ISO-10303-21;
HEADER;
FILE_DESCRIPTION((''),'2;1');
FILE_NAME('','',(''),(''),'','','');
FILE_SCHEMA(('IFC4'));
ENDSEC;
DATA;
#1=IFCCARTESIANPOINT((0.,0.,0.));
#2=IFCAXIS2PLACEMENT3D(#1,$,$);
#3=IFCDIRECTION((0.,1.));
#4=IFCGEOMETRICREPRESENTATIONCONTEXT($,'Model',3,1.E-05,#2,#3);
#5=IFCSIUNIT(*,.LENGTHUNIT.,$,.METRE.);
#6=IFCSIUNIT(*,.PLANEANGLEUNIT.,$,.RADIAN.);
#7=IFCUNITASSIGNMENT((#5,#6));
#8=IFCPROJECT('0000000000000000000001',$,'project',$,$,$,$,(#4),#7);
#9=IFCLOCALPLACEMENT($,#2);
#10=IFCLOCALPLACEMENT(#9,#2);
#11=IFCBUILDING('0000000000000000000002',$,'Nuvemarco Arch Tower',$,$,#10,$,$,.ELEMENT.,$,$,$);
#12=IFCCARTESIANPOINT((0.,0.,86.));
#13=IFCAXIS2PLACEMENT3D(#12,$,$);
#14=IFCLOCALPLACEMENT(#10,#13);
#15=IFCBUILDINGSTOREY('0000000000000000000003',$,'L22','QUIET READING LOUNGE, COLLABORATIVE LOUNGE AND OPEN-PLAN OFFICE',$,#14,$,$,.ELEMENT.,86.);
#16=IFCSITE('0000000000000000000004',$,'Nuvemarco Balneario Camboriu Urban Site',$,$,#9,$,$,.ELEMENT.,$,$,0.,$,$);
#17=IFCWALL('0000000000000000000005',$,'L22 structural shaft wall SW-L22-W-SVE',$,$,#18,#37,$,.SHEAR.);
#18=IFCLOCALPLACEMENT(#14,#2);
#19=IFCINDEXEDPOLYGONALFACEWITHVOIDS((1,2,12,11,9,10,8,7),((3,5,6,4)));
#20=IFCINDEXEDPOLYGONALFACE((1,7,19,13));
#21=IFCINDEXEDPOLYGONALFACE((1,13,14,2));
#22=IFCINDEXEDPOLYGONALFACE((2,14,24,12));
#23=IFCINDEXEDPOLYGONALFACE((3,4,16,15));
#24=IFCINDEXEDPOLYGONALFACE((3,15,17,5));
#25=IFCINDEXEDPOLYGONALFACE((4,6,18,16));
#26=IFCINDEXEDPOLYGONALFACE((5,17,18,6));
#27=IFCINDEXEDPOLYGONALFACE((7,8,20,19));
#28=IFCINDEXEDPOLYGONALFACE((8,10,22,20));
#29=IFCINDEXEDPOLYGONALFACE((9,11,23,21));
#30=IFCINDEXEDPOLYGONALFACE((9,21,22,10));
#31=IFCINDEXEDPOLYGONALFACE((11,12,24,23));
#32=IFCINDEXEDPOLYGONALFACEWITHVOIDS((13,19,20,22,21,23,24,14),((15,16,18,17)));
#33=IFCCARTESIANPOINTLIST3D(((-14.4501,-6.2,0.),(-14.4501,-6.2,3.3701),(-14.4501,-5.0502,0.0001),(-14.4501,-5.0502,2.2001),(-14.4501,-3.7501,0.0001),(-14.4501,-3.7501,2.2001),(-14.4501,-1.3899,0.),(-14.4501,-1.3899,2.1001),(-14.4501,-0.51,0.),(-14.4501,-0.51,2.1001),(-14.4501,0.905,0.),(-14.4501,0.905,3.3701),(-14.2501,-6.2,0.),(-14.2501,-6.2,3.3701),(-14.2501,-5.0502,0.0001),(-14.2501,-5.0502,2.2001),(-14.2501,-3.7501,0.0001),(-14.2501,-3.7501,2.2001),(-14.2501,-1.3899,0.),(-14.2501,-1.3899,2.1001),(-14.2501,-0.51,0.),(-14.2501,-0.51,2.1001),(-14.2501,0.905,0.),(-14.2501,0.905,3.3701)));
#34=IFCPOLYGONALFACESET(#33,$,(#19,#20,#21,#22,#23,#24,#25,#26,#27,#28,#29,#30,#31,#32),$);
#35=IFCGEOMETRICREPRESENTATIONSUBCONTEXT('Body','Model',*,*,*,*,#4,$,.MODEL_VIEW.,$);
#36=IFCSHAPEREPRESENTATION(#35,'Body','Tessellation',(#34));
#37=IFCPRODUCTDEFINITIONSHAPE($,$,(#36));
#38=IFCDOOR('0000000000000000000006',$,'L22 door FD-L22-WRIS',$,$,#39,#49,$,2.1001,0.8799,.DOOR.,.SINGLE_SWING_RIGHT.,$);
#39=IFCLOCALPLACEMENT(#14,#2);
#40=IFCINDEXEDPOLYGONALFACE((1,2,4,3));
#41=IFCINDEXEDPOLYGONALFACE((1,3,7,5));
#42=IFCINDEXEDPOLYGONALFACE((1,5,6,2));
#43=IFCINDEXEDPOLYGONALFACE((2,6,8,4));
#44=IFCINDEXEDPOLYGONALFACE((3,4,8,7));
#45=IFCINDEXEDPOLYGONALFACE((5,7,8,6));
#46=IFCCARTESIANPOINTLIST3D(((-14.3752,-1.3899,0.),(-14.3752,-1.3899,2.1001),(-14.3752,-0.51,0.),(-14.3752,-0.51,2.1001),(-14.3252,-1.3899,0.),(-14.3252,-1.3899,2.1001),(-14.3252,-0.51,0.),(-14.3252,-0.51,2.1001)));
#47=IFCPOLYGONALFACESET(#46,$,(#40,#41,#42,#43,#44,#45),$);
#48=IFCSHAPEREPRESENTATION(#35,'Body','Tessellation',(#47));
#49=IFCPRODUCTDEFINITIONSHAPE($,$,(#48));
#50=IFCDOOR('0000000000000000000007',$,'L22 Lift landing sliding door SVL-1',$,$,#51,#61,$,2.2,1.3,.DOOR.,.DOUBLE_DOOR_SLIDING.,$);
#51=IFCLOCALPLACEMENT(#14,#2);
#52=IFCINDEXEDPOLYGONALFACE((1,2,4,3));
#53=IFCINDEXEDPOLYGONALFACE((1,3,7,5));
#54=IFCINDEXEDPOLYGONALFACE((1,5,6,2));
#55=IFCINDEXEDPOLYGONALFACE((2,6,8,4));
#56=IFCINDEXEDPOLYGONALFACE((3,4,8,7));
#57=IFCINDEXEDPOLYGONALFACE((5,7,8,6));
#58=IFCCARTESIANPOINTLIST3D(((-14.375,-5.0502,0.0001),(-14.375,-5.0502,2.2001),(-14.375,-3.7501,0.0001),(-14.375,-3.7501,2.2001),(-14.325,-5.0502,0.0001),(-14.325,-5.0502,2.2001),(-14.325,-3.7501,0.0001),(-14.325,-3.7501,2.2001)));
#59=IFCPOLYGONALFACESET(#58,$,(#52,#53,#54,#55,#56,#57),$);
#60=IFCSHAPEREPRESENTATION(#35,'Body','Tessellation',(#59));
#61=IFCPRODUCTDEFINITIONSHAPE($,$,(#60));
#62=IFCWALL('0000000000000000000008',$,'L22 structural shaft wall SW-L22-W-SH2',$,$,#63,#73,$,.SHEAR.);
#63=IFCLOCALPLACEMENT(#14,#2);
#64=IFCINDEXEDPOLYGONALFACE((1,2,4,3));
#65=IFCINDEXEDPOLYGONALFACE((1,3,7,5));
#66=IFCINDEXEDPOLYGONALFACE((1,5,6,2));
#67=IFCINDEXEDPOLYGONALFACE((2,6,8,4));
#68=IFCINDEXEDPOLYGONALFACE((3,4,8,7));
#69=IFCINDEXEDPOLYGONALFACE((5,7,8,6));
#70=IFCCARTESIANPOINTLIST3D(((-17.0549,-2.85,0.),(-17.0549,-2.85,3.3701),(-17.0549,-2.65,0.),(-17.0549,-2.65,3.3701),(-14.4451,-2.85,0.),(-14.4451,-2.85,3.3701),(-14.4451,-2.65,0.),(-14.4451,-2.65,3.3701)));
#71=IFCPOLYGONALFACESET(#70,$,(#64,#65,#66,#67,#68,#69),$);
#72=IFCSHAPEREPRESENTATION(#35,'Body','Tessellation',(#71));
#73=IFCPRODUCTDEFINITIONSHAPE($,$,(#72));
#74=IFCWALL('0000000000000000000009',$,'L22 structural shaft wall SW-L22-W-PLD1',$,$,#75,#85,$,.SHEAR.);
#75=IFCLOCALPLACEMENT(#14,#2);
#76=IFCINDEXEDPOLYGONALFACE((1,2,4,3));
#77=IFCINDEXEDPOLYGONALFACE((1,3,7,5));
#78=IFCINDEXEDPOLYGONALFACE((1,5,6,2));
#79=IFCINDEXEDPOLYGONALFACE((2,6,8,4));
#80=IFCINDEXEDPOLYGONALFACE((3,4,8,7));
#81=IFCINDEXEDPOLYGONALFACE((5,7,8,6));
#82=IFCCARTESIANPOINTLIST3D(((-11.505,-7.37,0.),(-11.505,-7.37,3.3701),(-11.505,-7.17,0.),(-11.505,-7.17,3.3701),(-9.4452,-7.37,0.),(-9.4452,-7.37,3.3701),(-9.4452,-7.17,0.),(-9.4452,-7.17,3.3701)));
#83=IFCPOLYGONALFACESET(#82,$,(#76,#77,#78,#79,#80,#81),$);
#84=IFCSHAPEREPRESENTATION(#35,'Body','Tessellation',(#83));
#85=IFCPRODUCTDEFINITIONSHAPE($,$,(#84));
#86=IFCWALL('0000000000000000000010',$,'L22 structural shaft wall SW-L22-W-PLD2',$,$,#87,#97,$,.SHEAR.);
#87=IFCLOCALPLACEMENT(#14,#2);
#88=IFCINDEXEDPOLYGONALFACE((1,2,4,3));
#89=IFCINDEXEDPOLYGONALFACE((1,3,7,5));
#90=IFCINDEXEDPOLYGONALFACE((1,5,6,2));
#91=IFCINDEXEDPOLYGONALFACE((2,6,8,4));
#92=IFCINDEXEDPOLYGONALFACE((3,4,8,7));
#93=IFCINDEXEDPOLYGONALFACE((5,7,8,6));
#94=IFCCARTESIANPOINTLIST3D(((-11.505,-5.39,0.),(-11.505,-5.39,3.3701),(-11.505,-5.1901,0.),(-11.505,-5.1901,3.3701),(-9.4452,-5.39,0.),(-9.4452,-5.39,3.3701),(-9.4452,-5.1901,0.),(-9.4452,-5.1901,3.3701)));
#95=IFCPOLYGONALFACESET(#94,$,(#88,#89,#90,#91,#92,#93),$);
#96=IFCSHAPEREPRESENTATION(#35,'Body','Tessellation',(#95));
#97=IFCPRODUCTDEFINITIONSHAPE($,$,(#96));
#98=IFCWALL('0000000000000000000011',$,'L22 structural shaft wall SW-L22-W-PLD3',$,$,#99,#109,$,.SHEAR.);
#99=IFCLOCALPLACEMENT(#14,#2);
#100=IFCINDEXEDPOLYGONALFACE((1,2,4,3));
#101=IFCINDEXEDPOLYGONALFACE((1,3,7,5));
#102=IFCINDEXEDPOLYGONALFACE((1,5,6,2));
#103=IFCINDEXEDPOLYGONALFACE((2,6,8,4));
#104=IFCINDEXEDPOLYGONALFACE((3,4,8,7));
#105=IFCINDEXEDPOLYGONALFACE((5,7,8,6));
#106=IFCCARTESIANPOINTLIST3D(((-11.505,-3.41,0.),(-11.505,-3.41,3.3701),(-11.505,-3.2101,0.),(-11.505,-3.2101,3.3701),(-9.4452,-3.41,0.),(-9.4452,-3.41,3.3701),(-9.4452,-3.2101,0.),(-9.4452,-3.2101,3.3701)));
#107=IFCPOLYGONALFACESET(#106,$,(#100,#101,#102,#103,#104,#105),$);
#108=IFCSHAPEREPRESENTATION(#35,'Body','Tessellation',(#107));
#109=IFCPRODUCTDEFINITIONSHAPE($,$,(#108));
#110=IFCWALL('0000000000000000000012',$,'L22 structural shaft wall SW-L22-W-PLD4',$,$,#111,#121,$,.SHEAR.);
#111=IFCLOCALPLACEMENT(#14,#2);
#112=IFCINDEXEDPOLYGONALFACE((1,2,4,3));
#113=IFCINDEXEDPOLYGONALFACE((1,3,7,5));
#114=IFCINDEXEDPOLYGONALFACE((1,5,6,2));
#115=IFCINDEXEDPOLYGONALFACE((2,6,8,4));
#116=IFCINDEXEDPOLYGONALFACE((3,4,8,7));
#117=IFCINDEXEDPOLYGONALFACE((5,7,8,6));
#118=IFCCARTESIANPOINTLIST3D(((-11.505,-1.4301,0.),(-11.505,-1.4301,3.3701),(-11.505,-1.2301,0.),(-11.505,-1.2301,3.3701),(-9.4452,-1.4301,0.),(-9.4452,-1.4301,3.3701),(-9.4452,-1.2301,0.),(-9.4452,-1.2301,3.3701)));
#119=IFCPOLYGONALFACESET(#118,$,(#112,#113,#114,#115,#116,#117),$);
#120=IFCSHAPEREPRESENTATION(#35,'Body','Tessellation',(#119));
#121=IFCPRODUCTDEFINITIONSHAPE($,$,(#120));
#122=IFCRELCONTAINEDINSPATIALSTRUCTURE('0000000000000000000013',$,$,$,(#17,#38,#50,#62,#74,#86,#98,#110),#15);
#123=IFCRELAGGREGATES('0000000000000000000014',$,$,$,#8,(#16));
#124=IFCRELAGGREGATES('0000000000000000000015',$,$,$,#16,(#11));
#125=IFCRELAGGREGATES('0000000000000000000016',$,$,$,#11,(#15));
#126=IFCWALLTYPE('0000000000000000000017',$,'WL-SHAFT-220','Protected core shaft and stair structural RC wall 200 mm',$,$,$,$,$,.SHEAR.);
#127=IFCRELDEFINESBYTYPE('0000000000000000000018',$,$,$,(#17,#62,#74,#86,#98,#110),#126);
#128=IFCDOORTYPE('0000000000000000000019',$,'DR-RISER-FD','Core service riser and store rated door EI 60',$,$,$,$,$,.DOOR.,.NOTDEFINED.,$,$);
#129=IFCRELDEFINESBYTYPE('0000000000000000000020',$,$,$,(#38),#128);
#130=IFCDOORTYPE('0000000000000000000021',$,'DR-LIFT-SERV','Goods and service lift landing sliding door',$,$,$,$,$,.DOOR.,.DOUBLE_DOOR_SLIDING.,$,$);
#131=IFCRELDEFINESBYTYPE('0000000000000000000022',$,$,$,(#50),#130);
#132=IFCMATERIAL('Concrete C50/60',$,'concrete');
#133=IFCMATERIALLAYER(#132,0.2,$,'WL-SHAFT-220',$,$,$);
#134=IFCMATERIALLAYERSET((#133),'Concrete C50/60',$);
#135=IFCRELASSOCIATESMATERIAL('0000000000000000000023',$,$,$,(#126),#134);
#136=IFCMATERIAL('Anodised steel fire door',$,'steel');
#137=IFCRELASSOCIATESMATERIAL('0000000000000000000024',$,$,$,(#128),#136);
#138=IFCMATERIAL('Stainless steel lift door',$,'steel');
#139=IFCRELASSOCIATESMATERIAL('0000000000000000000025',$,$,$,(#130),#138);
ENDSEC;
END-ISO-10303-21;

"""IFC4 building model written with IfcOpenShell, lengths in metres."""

from ifc_helpers import new_model, si_unit, direction, frame, frame_2d, origin, place, context, subcontext, project, spatial, rectangle, extrude, source, transform, mapped, material, layer, layer_set, type_object, type_shapes, element, fill, save


model = new_model("IFC4")

# Units and contexts
model_context = context("Model", 3, precision=1e-05, world=origin(), true_north=direction((0.0, 1.0)))
body_context = subcontext(model_context, "Body", "Model", "MODEL_VIEW")
ifc_project = project(units=[si_unit("LENGTHUNIT", "METRE"), si_unit("PLANEANGLEUNIT", "RADIAN")], contexts=[model_context])

# Site, building, storey
site_placement = place(None, origin())
site = spatial("IfcSite", under=ifc_project, at=site_placement, Name="Nuvemarco Balneario Camboriu Urban Site", CompositionType="ELEMENT", RefElevation=0.0)
building_placement = place(site_placement, origin())
building = spatial("IfcBuilding", under=site, at=building_placement, Name="Nuvemarco Arch Tower", CompositionType="ELEMENT")
storey_placement = place(building_placement, frame((0.0, 0.0, 86.0)))
storey = spatial("IfcBuildingStorey", under=building, at=storey_placement, Name="L22", Description="QUIET READING LOUNGE, COLLABORATIVE LOUNGE AND OPEN-PLAN OFFICE", CompositionType="ELEMENT", Elevation=86.0)

# Shared definitions
ifc_material_1 = material(Name="Concrete C50/60", Category="concrete")
ifc_layer = layer(ifc_material_1, 0.2, Name="WL-SHAFT-220")
ifc_layer_set = layer_set([ifc_layer], Name="Concrete C50/60")
wall_type = type_object("IfcWallType", Name="WL-SHAFT-220", Description="Protected core shaft and stair structural RC wall 200 mm", PredefinedType="SHEAR", material=ifc_layer_set)
ifc_material_2 = material(Name="Stainless steel lift door", Category="steel")

# Wall, openings, doors
wall_1_placement = place(storey_placement, frame((-14.3501, -6.2, 0.0), z_axis=(0.0, 0.0, 1.0), x_axis=(0.0, 1.0, 0.0)))
wall_1 = element("IfcWall", 1, at=wall_1_placement, inside=storey, type_object=wall_type, Name="L22 structural shaft wall SW-L22-W-SVE", PredefinedType="SHEAR", context=body_context, shape_type="SweptSolid", body=[
    extrude(rectangle(XDim=7.105, YDim=0.2, at=frame_2d((3.5525, 0.0))), origin(), (0.0, 0.0, 1.0), 3.3701),
])
opening_1_placement = place(wall_1_placement, frame((5.6899, 0.0, 0.0), z_axis=(0.0, 0.0, 1.0), x_axis=(-1.0, 0.0, 0.0)))
opening_1 = element("IfcOpeningElement", 2, at=opening_1_placement, cuts=wall_1, PredefinedType="OPENING", context=body_context, shape_type="SweptSolid", body=[
    extrude(rectangle(XDim=0.8799, YDim=2.1001, at=frame_2d((0.4399, 1.05))), frame((0.0, 0.1099, 0.0), z_axis=(0.0, -1.0, 0.0), x_axis=(1.0, 0.0, 0.0)), (0.0, 0.0, 1.0), 0.22),
])
opening_2_placement = place(wall_1_placement, frame((1.1499, 0.0, 0.0)))
opening_2 = element("IfcOpeningElement", 3, at=opening_2_placement, cuts=wall_1, PredefinedType="OPENING", context=body_context, shape_type="SweptSolid", body=[
    extrude(rectangle(XDim=1.3, YDim=2.2, at=frame_2d((0.6499, 1.1001))), frame((0.0, 0.1099, 0.0), z_axis=(0.0, -1.0, 0.0), x_axis=(1.0, 0.0, 0.0)), (0.0, 0.0, 1.0), 0.22),
])
ifc_material_3 = material(Name="Anodised steel fire door", Category="steel")
door_type_1 = type_object("IfcDoorType", Name="DR-RISER-FD", Description="Core service riser and store rated door EI 60", OperationType="NOTDEFINED", PredefinedType="DOOR", material=ifc_material_3)
shared_shape_1 = source(origin(), body_context, "Body", "SweptSolid", [
    extrude(rectangle(XDim=0.8799, YDim=2.1001, at=frame_2d((0.4399, 1.05))), frame((0.0, 0.0249, 0.0), z_axis=(0.0, -1.0, 0.0), x_axis=(1.0, 0.0, 0.0)), (0.0, 0.0, 1.0), 0.05),
])
type_shapes(door_type_1, [shared_shape_1])
door_1_placement = place(opening_1_placement, origin())
door_1 = element("IfcDoor", 4, at=door_1_placement, inside=storey, type_object=door_type_1, Name="L22 door FD-L22-WRIS", OperationType="SINGLE_SWING_RIGHT", OverallHeight=2.1001, OverallWidth=0.8799, PredefinedType="DOOR", context=body_context, shape_type="MappedRepresentation", body=[
    mapped(shared_shape_1, transform((0.0, 0.0, 0.0), scale=1.0)),
])
fill(opening_1, door_1)
door_type_2 = type_object("IfcDoorType", Name="DR-LIFT-SERV", Description="Goods and service lift landing sliding door", OperationType="DOUBLE_DOOR_SLIDING", PredefinedType="DOOR", material=ifc_material_2)
shared_shape_2 = source(origin(), body_context, "Body", "SweptSolid", [
    extrude(rectangle(XDim=1.3, YDim=2.2, at=frame_2d((0.6499, 1.1001))), frame((0.0, 0.0249, 0.0), z_axis=(0.0, -1.0, 0.0), x_axis=(1.0, 0.0, 0.0)), (0.0, 0.0, 1.0), 0.05),
])
type_shapes(door_type_2, [shared_shape_2])
door_2_placement = place(opening_2_placement, origin())
door_2 = element("IfcDoor", 5, at=door_2_placement, inside=storey, type_object=door_type_2, Name="L22 Lift landing sliding door SVL-1", OperationType="DOUBLE_DOOR_SLIDING", OverallHeight=2.2, OverallWidth=1.3, PredefinedType="DOOR", context=body_context, shape_type="MappedRepresentation", body=[
    mapped(shared_shape_2, transform((0.0, 0.0, 0.0), scale=1.0)),
])
fill(opening_2, door_2)

# Wall
wall_2_placement = place(storey_placement, frame((-17.0549, -2.75, 0.0), z_axis=(0.0, 0.0, 1.0), x_axis=(1.0, 0.0, 0.0)))
element("IfcWall", 6, at=wall_2_placement, inside=storey, type_object=wall_type, Name="L22 structural shaft wall SW-L22-W-SH2", PredefinedType="SHEAR", context=body_context, shape_type="SweptSolid", body=[
    extrude(rectangle(XDim=2.6099, YDim=0.2, at=frame_2d((1.3049, 0.0))), origin(), (0.0, 0.0, 1.0), 3.3701),
])

# Walls
for number, where, z_axis, x_axis, name in (
    (7, (-11.5049, -7.27, 0.0), (0.0, 0.0, 1.0), (1.0, 0.0, 0.0), "L22 structural shaft wall SW-L22-W-PLD1"),
    (8, (-11.5049, -5.29, 0.0), (0.0, 0.0, 1.0), (1.0, 0.0, 0.0), "L22 structural shaft wall SW-L22-W-PLD2"),
    (9, (-11.5049, -3.3101, 0.0), (0.0, 0.0, 1.0), (1.0, 0.0, 0.0), "L22 structural shaft wall SW-L22-W-PLD3"),
    (10, (-11.5049, -1.3301, 0.0), (0.0, 0.0, 1.0), (1.0, 0.0, 0.0), "L22 structural shaft wall SW-L22-W-PLD4"),
):
    element("IfcWall", number, at=place(storey_placement, frame(where, z_axis=z_axis, x_axis=x_axis)), inside=storey, type_object=wall_type, Name=name, PredefinedType="SHEAR", context=body_context, shape_type="SweptSolid", body=[
        extrude(rectangle(XDim=2.0598, YDim=0.2, at=frame_2d((1.0298, 0.0))), origin(), (0.0, 0.0, 1.0), 3.3701),
    ])

save(model, "model.ifc")
